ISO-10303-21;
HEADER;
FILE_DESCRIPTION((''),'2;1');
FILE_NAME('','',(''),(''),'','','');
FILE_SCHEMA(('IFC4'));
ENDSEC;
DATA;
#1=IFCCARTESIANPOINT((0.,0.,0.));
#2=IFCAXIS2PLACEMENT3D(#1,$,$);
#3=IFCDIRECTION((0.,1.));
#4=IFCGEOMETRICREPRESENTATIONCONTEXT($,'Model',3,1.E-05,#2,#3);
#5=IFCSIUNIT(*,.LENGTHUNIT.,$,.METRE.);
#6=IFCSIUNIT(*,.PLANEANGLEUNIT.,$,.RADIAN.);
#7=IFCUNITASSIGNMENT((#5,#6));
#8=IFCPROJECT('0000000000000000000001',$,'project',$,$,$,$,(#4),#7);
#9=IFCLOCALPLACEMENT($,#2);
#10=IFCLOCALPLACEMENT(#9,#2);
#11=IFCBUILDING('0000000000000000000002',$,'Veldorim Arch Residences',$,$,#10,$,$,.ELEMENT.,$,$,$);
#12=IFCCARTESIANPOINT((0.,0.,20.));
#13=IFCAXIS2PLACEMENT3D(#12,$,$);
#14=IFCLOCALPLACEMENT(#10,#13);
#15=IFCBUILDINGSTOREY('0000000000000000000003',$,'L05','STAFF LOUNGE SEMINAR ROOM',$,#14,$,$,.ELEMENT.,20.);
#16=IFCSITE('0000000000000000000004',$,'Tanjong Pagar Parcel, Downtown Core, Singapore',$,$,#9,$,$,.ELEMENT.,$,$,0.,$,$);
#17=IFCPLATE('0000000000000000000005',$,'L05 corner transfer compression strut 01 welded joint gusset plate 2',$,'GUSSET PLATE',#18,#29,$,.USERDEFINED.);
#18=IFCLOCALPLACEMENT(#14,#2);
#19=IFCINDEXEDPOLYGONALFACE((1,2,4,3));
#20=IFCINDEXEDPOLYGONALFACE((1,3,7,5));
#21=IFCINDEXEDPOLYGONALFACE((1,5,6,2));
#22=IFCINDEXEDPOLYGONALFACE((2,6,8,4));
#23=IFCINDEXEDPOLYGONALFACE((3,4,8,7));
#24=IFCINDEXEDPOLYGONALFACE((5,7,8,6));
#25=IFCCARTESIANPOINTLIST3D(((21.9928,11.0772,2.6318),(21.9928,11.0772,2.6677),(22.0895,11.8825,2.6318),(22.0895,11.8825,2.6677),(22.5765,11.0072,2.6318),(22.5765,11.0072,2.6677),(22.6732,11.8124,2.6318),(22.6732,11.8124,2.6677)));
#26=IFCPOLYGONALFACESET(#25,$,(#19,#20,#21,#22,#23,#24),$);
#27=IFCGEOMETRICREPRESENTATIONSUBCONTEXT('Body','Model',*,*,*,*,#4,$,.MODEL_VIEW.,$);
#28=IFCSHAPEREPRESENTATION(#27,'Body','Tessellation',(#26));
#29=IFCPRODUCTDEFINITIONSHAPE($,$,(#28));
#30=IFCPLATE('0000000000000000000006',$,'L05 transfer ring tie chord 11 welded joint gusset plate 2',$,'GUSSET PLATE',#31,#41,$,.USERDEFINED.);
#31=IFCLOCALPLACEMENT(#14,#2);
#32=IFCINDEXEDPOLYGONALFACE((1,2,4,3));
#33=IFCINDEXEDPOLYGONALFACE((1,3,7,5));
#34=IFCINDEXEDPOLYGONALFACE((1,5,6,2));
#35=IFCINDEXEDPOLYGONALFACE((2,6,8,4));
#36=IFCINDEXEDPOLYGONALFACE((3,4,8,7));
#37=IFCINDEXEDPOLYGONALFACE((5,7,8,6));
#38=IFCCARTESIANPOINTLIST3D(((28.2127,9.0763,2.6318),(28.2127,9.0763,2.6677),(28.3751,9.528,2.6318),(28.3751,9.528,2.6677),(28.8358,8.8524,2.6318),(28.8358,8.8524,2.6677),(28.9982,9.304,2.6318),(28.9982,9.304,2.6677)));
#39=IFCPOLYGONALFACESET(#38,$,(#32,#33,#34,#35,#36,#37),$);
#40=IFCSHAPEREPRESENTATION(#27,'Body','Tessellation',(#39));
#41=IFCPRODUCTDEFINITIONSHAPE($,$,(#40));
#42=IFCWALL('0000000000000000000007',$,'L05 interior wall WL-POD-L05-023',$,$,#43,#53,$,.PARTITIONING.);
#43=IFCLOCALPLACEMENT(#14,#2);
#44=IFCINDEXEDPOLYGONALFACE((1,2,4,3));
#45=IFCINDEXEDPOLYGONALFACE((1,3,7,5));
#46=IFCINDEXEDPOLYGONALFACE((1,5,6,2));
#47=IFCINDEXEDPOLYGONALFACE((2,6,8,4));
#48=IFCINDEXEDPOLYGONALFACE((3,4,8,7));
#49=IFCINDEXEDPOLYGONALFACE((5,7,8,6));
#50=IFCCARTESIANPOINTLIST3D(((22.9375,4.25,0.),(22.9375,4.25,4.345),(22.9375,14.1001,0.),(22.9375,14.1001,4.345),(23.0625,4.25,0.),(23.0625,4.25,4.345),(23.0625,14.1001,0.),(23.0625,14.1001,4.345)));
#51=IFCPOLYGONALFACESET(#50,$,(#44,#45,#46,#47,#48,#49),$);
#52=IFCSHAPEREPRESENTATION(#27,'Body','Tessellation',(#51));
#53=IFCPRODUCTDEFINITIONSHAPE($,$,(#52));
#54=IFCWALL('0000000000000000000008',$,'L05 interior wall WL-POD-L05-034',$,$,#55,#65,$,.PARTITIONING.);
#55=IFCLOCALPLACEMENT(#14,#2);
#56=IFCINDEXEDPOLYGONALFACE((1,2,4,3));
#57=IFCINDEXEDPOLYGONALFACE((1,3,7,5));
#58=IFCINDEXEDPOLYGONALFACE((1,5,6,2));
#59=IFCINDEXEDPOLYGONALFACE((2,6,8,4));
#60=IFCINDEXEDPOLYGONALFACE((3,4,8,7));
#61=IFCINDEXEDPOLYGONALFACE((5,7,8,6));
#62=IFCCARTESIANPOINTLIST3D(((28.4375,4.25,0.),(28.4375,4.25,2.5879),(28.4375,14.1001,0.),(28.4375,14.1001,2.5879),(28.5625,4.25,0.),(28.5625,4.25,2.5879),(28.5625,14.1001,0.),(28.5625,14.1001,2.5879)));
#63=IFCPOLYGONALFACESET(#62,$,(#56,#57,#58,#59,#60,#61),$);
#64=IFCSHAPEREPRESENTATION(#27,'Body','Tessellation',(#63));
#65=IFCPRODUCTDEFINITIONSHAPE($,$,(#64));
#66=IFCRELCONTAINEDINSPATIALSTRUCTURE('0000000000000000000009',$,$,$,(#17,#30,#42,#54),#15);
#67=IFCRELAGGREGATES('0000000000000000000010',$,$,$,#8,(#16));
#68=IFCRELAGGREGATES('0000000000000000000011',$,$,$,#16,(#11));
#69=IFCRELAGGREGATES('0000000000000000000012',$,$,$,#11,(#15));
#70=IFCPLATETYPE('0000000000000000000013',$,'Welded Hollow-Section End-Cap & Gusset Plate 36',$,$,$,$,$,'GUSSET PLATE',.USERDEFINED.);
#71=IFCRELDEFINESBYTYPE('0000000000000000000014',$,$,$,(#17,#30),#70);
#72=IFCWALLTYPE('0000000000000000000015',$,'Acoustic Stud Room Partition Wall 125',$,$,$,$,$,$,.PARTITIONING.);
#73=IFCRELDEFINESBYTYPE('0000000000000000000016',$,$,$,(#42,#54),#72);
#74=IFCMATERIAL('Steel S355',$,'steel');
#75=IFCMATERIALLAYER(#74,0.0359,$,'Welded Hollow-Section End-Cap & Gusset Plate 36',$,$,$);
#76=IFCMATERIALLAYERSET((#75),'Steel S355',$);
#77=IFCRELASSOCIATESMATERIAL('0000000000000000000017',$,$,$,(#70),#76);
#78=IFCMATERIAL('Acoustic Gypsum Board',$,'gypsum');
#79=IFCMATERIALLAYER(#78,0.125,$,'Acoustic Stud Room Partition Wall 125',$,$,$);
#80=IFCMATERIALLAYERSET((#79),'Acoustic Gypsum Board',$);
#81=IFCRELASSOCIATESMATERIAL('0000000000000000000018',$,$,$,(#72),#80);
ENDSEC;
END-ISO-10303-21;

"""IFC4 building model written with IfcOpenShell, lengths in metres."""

from ifc_helpers import new_model, si_unit, direction, frame, frame_2d, origin, origin_2d, place, context, subcontext, project, spatial, rectangle, extrude, material, layer, layer_set, type_object, element, save


model = new_model("IFC4")

# Units and contexts
model_context = context("Model", 3, precision=1e-05, world=origin(), true_north=direction((0.0, 1.0)))
body_context = subcontext(model_context, "Body", "Model", "MODEL_VIEW")
ifc_project = project(units=[si_unit("LENGTHUNIT", "METRE"), si_unit("PLANEANGLEUNIT", "RADIAN")], contexts=[model_context])

# Site, building, storey
site_placement = place(None, origin())
site = spatial("IfcSite", under=ifc_project, at=site_placement, Name="Tanjong Pagar Parcel, Downtown Core, Singapore", CompositionType="ELEMENT", RefElevation=0.0)
building_placement = place(site_placement, origin())
building = spatial("IfcBuilding", under=site, at=building_placement, Name="Veldorim Arch Residences", CompositionType="ELEMENT")
storey_placement = place(building_placement, frame((0.0, 0.0, 20.0)))
storey = spatial("IfcBuildingStorey", under=building, at=storey_placement, Name="L05", Description="STAFF LOUNGE SEMINAR ROOM", CompositionType="ELEMENT", Elevation=20.0)

# Plates
ifc_material_1 = material(Name="Steel S355", Category="steel")
ifc_layer_1 = layer(ifc_material_1, 0.0359, Name="Welded Hollow-Section End-Cap & Gusset Plate 36")
ifc_layer_set_1 = layer_set([ifc_layer_1], Name="Steel S355")
plate_type = type_object("IfcPlateType", Name="Welded Hollow-Section End-Cap & Gusset Plate 36", ElementType="GUSSET PLATE", PredefinedType="USERDEFINED", material=ifc_layer_set_1)
plate_1_placement = place(storey_placement, frame((22.333, 11.4448, 2.6318), z_axis=(0.0, 0.0, 1.0), x_axis=(-0.119201, -0.99287, 0.0)))
element("IfcPlate", 1, at=plate_1_placement, inside=storey, type_object=plate_type, Name="L05 corner transfer compression strut 01 welded joint gusset plate 2", ObjectType="GUSSET PLATE", PredefinedType="USERDEFINED", context=body_context, shape_type="SweptSolid", body=[
    extrude(rectangle(XDim=0.811, YDim=0.5879, at=origin_2d()), origin(), (0.0, 0.0, 1.0), 0.0359),
])
plate_2_placement = place(storey_placement, frame((28.6055, 9.1902, 2.6318), z_axis=(0.0, 0.0, 1.0), x_axis=(0.941046, -0.338278, 0.0)))
element("IfcPlate", 2, at=plate_2_placement, inside=storey, type_object=plate_type, Name="L05 transfer ring tie chord 11 welded joint gusset plate 2", ObjectType="GUSSET PLATE", PredefinedType="USERDEFINED", context=body_context, shape_type="SweptSolid", body=[
    extrude(rectangle(XDim=0.6621, YDim=0.48, at=origin_2d()), origin(), (0.0, 0.0, 1.0), 0.0359),
])

# Walls
ifc_material_2 = material(Name="Acoustic Gypsum Board", Category="gypsum")
ifc_layer_2 = layer(ifc_material_2, 0.125, Name="Acoustic Stud Room Partition Wall 125")
ifc_layer_set_2 = layer_set([ifc_layer_2], Name="Acoustic Gypsum Board")
wall_type = type_object("IfcWallType", Name="Acoustic Stud Room Partition Wall 125", PredefinedType="PARTITIONING", material=ifc_layer_set_2)
wall_1_placement = place(storey_placement, frame((23.0, 14.1001, 0.0), z_axis=(0.0, 0.0, 1.0), x_axis=(0.0, -1.0, 0.0)))
element("IfcWall", 3, at=wall_1_placement, inside=storey, type_object=wall_type, Name="L05 interior wall WL-POD-L05-023", PredefinedType="PARTITIONING", context=body_context, shape_type="SweptSolid", body=[
    extrude(rectangle(XDim=9.8501, YDim=0.125, at=frame_2d((4.925, 0.0))), origin(), (0.0, 0.0, 1.0), 4.345),
])
wall_2_placement = place(storey_placement, frame((28.5, 14.1001, 0.0), z_axis=(0.0, 0.0, 1.0), x_axis=(0.0, -1.0, 0.0)))
element("IfcWall", 4, at=wall_2_placement, inside=storey, type_object=wall_type, Name="L05 interior wall WL-POD-L05-034", PredefinedType="PARTITIONING", context=body_context, shape_type="SweptSolid", body=[
    extrude(rectangle(XDim=9.8501, YDim=0.125, at=frame_2d((4.925, 0.0))), origin(), (0.0, 0.0, 1.0), 2.5879),
])

save(model, "model.ifc")
